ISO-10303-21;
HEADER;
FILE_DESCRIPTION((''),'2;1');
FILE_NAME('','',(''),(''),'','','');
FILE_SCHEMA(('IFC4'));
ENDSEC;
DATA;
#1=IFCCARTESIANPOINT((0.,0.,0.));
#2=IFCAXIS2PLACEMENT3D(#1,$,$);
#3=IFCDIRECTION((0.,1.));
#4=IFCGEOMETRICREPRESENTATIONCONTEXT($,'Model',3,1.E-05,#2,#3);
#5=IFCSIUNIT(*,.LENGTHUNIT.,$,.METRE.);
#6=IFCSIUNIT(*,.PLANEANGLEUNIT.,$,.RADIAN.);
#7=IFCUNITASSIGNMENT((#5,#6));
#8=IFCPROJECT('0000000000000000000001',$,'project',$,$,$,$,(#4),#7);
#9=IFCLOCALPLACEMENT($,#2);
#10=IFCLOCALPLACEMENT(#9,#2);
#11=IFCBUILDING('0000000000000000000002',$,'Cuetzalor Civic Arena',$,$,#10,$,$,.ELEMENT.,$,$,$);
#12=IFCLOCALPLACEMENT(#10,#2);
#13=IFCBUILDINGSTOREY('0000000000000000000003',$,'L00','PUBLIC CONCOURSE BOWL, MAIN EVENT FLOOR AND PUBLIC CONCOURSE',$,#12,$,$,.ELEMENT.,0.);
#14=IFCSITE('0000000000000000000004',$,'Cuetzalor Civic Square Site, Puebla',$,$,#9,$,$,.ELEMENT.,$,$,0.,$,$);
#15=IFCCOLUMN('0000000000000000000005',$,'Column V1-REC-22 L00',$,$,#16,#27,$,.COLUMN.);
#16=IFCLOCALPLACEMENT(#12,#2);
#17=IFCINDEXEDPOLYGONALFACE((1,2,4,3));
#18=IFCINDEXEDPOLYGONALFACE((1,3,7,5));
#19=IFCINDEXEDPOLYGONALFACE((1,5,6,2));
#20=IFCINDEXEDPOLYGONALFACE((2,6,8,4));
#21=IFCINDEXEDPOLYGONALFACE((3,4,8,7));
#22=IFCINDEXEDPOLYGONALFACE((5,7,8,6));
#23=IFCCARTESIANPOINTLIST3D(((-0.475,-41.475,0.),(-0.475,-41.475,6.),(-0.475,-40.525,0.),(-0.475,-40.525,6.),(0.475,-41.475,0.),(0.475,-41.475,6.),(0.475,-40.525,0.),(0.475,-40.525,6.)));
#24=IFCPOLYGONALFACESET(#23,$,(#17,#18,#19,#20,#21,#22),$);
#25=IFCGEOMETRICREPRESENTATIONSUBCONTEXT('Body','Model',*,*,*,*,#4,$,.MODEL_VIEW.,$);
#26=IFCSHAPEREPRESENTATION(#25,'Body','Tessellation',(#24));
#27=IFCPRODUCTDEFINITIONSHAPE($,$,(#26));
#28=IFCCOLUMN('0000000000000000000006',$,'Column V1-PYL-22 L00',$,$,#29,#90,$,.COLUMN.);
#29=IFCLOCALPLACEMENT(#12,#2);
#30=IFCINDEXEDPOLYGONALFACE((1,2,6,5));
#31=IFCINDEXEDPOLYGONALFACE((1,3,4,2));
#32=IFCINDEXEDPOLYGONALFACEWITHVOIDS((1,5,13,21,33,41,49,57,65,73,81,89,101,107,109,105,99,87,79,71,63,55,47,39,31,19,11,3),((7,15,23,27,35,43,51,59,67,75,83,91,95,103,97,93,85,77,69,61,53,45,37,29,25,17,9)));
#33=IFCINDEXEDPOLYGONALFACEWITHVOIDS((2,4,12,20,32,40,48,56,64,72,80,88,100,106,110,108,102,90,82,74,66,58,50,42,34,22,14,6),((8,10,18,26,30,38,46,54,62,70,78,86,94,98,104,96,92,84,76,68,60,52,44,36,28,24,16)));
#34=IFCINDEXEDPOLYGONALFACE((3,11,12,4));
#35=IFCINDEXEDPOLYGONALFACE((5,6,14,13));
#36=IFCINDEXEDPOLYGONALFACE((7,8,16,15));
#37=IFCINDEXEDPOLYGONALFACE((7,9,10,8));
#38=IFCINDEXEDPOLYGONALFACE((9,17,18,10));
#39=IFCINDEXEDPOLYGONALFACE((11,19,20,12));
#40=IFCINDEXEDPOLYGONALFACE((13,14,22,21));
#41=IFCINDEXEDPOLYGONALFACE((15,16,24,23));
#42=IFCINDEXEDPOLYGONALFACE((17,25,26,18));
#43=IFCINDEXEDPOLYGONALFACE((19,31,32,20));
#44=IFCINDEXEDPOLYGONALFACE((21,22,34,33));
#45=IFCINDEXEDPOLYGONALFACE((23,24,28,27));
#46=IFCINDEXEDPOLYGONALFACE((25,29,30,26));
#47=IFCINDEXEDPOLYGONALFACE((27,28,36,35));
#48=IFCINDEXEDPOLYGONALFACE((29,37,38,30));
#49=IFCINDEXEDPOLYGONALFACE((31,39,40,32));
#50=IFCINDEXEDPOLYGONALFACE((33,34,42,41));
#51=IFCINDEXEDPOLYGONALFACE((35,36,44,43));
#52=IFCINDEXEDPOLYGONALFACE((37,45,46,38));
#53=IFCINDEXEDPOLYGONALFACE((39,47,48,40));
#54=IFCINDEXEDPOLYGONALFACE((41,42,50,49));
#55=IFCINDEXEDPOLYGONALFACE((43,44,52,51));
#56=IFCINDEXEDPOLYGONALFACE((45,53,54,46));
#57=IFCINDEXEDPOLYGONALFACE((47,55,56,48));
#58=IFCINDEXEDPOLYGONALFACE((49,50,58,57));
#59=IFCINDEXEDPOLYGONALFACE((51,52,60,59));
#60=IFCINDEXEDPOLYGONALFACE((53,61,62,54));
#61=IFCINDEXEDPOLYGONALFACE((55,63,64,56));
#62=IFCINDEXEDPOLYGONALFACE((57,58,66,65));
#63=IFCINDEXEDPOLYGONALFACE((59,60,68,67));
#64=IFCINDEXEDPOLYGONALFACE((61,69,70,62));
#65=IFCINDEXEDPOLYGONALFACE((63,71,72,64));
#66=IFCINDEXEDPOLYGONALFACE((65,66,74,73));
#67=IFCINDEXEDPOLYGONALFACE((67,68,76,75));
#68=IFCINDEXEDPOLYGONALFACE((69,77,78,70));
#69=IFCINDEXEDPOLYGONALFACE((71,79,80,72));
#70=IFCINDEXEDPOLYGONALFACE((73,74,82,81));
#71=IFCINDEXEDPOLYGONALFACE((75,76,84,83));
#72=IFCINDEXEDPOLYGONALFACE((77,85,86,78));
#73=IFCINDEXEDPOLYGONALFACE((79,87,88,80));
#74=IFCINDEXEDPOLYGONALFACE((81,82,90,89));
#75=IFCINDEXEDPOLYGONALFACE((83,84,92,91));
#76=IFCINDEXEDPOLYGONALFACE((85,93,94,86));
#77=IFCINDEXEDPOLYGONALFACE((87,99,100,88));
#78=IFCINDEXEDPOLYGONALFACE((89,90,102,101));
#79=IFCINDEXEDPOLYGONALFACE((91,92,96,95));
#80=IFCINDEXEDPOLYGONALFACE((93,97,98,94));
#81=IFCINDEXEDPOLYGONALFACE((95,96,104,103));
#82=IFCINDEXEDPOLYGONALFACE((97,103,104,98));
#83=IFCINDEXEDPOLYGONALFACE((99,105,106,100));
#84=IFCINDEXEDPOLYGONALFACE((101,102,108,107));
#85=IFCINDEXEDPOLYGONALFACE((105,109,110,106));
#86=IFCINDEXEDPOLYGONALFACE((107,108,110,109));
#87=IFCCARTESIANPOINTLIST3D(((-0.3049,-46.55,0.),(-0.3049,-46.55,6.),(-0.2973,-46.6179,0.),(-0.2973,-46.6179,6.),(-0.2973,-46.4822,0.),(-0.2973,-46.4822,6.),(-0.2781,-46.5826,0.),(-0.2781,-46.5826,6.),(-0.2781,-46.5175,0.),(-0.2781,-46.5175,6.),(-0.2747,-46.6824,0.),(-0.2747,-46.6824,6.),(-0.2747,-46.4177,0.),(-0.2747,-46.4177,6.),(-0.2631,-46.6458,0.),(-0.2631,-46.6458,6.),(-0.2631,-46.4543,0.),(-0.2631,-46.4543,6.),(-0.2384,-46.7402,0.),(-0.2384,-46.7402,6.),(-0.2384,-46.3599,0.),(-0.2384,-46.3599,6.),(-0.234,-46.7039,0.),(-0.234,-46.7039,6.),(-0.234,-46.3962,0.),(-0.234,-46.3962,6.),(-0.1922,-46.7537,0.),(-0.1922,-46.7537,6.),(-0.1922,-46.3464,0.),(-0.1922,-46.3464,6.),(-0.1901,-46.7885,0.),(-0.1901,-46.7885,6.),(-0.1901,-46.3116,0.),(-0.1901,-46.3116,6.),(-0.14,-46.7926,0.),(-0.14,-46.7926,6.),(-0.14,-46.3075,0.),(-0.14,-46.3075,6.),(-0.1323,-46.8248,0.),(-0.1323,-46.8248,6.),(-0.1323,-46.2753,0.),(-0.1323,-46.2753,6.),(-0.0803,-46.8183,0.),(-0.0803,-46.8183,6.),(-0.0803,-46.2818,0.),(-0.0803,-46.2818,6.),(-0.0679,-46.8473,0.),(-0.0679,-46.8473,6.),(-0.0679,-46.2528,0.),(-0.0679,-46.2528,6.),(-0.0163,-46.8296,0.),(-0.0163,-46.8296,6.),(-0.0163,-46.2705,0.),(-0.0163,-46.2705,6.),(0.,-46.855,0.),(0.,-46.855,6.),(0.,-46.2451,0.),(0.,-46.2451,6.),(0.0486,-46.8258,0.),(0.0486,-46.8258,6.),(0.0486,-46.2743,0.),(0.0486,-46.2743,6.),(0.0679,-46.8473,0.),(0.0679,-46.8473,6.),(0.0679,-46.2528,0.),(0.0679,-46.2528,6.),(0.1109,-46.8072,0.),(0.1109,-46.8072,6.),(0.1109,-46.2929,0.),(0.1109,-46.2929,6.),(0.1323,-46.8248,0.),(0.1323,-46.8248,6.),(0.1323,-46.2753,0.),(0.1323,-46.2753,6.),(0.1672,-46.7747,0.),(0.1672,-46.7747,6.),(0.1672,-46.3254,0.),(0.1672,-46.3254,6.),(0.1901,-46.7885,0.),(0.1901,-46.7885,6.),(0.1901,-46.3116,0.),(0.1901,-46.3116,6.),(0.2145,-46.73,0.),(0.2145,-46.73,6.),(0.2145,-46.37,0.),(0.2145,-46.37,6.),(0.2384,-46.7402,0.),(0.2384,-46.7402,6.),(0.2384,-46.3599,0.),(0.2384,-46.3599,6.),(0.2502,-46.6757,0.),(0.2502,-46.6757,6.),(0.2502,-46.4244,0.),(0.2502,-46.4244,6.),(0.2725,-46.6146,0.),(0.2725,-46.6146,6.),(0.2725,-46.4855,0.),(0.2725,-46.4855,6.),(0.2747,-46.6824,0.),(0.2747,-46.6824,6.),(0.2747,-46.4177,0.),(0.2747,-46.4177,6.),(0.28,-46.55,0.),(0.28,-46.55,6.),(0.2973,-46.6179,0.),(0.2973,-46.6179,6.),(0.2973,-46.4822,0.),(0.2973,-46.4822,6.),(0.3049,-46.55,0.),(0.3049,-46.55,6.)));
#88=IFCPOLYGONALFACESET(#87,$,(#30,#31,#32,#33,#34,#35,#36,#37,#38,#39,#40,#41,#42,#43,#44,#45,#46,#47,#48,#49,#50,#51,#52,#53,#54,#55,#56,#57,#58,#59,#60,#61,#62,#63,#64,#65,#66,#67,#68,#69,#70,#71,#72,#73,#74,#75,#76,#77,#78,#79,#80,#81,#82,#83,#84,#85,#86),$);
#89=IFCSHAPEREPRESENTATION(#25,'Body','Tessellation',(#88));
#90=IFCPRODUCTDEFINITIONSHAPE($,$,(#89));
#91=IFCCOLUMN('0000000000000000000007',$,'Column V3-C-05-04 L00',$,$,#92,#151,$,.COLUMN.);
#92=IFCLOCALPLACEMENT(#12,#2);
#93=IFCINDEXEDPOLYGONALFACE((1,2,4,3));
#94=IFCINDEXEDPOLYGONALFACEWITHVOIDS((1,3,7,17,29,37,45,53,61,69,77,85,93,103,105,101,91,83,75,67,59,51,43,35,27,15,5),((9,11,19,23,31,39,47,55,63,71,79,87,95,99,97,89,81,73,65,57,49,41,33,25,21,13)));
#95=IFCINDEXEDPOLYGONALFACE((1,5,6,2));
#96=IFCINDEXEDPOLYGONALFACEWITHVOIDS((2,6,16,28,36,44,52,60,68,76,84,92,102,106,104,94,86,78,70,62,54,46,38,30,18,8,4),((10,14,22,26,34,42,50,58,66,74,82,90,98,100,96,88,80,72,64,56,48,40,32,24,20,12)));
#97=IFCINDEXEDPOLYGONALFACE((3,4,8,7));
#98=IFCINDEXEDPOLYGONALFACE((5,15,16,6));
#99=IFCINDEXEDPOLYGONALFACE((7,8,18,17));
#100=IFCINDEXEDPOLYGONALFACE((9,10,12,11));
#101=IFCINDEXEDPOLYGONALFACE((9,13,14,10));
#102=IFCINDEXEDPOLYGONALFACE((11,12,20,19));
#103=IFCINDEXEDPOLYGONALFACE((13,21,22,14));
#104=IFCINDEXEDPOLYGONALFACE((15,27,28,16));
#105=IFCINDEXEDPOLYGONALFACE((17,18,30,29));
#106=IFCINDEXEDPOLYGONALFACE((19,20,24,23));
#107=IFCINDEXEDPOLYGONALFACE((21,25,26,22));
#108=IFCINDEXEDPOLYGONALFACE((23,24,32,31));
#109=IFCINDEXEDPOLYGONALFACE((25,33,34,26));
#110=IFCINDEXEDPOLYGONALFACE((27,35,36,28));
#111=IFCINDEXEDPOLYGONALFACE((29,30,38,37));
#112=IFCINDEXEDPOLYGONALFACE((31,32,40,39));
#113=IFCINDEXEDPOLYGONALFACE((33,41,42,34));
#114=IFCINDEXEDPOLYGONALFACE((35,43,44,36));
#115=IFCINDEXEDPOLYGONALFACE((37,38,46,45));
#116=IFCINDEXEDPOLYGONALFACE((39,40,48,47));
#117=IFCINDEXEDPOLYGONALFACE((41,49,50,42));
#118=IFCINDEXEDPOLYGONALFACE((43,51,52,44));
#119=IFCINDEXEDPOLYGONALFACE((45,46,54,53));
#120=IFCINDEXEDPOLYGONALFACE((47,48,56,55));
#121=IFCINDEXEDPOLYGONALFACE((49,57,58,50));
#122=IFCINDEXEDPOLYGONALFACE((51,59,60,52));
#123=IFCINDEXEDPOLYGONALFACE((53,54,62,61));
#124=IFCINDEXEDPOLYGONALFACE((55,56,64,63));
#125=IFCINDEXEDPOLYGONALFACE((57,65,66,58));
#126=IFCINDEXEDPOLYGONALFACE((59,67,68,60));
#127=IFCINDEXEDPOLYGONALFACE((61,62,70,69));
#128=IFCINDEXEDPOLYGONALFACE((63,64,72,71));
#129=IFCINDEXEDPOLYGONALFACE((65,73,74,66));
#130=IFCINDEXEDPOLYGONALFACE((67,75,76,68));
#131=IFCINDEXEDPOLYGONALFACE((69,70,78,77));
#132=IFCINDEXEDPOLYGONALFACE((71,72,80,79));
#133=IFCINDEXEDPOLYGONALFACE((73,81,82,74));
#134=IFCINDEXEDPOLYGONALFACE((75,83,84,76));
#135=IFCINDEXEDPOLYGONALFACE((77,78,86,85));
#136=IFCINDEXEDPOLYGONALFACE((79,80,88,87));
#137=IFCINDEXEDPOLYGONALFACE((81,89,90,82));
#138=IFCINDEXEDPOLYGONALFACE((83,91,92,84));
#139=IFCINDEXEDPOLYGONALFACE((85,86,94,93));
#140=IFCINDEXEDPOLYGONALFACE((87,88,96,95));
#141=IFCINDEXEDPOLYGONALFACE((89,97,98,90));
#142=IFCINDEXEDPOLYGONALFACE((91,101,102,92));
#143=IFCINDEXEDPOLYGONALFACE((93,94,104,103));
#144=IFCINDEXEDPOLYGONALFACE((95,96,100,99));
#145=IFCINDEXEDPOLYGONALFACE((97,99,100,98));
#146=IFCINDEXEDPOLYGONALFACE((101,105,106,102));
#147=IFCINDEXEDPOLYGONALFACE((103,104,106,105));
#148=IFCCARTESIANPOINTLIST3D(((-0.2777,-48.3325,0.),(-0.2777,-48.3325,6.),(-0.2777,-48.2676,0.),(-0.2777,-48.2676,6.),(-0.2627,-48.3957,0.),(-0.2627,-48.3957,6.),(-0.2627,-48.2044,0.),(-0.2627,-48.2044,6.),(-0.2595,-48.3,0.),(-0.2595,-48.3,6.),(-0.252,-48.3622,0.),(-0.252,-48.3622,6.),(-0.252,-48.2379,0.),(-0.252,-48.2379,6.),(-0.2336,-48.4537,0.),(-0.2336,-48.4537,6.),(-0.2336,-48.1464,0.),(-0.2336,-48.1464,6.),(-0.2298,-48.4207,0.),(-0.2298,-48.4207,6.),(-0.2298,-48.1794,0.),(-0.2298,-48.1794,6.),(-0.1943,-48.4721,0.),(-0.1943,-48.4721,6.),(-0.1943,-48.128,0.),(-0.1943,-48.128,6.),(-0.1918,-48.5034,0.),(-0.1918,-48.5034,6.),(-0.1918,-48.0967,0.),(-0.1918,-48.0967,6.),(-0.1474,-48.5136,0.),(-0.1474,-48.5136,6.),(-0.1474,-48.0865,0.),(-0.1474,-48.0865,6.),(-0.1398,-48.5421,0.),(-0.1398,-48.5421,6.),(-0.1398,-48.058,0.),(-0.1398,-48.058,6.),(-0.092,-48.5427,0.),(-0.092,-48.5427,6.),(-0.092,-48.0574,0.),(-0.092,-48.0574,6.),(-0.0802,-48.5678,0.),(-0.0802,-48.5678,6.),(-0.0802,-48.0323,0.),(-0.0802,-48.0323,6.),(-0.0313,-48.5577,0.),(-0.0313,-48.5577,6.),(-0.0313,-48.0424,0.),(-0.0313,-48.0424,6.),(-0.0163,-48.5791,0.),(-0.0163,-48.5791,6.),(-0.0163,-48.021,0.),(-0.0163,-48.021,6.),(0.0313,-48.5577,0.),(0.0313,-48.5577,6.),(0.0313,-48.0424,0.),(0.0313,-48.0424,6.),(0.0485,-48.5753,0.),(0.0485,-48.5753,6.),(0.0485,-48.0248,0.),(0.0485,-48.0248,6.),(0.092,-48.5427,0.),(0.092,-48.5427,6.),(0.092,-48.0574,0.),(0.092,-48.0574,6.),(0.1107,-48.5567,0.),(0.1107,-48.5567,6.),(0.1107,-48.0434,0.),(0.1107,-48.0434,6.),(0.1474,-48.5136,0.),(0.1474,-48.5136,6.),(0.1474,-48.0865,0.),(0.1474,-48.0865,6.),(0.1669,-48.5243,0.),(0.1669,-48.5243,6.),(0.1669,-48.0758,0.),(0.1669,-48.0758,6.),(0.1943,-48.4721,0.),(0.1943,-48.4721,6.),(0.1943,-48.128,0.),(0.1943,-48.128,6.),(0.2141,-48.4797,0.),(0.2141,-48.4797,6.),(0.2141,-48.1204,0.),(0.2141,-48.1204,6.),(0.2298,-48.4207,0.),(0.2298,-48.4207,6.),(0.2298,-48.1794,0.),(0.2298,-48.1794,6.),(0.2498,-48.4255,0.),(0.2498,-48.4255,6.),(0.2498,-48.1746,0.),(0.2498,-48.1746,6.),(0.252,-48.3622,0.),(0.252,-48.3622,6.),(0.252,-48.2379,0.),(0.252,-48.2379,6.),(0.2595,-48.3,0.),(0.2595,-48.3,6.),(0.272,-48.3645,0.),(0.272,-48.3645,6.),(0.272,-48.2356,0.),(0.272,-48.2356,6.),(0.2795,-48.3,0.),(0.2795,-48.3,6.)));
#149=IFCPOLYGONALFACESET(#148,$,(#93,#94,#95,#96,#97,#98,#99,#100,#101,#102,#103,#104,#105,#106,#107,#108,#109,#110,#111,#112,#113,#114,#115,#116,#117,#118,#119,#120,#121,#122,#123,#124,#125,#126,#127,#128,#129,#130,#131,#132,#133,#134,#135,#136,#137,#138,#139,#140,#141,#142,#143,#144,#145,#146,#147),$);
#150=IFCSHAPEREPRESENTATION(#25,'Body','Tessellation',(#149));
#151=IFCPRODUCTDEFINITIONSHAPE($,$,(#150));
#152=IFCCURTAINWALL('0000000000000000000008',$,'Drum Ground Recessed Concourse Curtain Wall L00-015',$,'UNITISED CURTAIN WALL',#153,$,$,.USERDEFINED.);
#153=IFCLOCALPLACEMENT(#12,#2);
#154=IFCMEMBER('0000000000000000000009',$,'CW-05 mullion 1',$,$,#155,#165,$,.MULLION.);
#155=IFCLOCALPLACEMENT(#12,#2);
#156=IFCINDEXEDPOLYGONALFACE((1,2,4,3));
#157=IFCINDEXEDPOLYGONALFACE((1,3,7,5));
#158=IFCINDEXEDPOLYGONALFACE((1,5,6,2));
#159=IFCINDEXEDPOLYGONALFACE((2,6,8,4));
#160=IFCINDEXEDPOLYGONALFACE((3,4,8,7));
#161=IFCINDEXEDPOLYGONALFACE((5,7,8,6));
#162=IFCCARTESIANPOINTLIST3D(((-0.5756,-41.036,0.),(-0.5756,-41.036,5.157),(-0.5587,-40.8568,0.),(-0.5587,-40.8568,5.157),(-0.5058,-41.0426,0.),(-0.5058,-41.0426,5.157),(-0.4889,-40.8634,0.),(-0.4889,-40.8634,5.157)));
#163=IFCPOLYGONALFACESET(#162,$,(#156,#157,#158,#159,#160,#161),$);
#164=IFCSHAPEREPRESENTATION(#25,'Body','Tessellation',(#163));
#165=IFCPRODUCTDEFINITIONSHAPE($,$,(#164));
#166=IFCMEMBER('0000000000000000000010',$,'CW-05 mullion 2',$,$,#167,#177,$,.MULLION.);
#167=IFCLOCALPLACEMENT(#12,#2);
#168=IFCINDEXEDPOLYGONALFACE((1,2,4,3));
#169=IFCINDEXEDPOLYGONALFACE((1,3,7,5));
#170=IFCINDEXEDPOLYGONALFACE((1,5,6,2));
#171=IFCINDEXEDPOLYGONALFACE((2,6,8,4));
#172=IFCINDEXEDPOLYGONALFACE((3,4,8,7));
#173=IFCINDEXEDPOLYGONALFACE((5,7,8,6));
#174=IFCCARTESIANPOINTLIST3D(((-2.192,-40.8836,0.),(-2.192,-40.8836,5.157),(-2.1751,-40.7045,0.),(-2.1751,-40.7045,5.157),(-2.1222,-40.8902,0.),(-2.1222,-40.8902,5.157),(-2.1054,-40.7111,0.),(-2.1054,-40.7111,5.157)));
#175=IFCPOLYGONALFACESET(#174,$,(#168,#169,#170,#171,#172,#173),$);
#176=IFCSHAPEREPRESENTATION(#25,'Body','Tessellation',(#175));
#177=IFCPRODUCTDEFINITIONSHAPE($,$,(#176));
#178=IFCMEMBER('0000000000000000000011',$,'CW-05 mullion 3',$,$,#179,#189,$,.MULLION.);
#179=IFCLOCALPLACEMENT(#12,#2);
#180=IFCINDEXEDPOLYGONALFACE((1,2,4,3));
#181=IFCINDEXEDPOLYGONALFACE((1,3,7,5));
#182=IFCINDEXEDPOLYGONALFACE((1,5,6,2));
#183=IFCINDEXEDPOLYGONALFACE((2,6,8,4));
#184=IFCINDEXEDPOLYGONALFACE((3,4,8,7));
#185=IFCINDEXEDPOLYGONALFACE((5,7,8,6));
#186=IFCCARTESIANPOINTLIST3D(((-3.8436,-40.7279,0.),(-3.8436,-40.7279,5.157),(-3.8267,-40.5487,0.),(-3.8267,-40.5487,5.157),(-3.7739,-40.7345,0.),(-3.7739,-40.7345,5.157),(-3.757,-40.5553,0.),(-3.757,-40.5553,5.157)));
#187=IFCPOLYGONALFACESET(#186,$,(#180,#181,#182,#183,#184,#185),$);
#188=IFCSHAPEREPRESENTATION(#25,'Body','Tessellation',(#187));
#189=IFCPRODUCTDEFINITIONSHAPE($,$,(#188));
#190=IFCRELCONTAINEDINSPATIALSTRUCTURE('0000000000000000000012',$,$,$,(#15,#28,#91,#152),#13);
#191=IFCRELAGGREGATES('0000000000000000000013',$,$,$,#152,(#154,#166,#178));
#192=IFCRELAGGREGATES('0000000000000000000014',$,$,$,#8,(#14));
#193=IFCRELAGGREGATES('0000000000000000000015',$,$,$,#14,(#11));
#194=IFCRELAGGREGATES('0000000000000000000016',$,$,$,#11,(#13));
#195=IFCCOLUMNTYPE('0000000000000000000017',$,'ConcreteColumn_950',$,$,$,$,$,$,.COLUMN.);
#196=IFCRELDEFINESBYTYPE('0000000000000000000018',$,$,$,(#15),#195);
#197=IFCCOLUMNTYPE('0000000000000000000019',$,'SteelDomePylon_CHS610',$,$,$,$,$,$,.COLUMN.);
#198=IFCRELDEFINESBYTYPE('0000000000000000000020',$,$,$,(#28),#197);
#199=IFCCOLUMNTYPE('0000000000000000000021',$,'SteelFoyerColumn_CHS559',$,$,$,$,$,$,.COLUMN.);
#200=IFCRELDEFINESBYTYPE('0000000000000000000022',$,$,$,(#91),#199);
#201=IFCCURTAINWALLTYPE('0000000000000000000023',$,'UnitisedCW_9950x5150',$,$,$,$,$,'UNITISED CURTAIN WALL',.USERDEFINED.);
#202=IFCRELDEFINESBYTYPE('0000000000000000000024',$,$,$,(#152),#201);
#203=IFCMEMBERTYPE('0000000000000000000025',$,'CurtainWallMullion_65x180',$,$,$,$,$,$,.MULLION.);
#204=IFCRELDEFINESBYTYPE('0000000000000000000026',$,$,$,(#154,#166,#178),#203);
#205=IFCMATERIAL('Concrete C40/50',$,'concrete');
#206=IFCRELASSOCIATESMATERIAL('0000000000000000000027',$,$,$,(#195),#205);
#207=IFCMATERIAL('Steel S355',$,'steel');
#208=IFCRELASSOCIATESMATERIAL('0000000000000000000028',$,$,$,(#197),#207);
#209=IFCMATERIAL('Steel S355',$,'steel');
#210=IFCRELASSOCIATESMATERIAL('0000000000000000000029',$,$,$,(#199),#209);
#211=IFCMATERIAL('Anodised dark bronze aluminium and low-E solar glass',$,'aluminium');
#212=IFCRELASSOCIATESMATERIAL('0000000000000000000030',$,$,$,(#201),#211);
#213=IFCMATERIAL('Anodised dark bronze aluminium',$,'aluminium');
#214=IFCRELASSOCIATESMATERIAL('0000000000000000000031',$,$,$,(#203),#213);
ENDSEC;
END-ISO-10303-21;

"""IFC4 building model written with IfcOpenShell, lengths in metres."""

from ifc_helpers import new_model, si_unit, direction, frame, origin, origin_2d, place, context, subcontext, project, spatial, rectangle, hollow_circle, extrude, material, material_profile, profile_set, type_object, element, aggregate, save


model = new_model("IFC4")

# Units and contexts
model_context = context("Model", 3, precision=1e-05, world=origin(), true_north=direction((0.0, 1.0)))
body_context = subcontext(model_context, "Body", "Model", "MODEL_VIEW")
ifc_project = project(units=[si_unit("LENGTHUNIT", "METRE"), si_unit("PLANEANGLEUNIT", "RADIAN")], contexts=[model_context])

# Site, building, storey
site_placement = place(None, origin())
site = spatial("IfcSite", under=ifc_project, at=site_placement, Name="Cuetzalor Civic Square Site, Puebla", CompositionType="ELEMENT", RefElevation=0.0)
building_placement = place(site_placement, origin())
building = spatial("IfcBuilding", under=site, at=building_placement, Name="Cuetzalor Civic Arena", CompositionType="ELEMENT")
storey_placement = place(building_placement, origin())
storey = spatial("IfcBuildingStorey", under=building, at=storey_placement, Name="L00", Description="PUBLIC CONCOURSE BOWL, MAIN EVENT FLOOR AND PUBLIC CONCOURSE", CompositionType="ELEMENT", Elevation=0.0)

# Columns
ifc_material_1 = material(Name="Concrete C40/50", Category="concrete")
ifc_material_profile_1 = material_profile(ifc_material_1, rectangle(XDim=0.95, YDim=0.95, at=origin_2d()), Name="RC 950x950")
ifc_profile_set_1 = profile_set([ifc_material_profile_1], Name="Concrete C40/50")
column_type_1 = type_object("IfcColumnType", Name="ConcreteColumn_950", PredefinedType="COLUMN", material=ifc_profile_set_1)
column_1_placement = place(storey_placement, frame((0.0, -41.0, 0.0), z_axis=(0.0, 0.0, 1.0), x_axis=(1.0, 0.0, 0.0)))
element("IfcColumn", 1, at=column_1_placement, inside=storey, type_object=column_type_1, Name="Column V1-REC-22 L00", PredefinedType="COLUMN", context=body_context, shape_type="SweptSolid", body=[
    extrude(rectangle(XDim=0.95, YDim=0.95, at=origin_2d()), origin(), (0.0, 0.0, 1.0), 6.0),
])
ifc_material_2 = material(Name="Steel S355", Category="steel")
ifc_material_profile_2 = material_profile(ifc_material_2, hollow_circle(Radius=0.3049, WallThickness=0.0249, at=origin_2d()), Name="CHS 610x25")
ifc_profile_set_2 = profile_set([ifc_material_profile_2], Name="Steel S355")
column_type_2 = type_object("IfcColumnType", Name="SteelDomePylon_CHS610", PredefinedType="COLUMN", material=ifc_profile_set_2)
column_2_placement = place(storey_placement, frame((0.0, -46.55, 0.0), z_axis=(0.0, 0.0, 1.0), x_axis=(1.0, 0.0, 0.0)))
element("IfcColumn", 2, at=column_2_placement, inside=storey, type_object=column_type_2, Name="Column V1-PYL-22 L00", PredefinedType="COLUMN", context=body_context, shape_type="SweptSolid", body=[
    extrude(hollow_circle(Radius=0.3049, WallThickness=0.0249, at=origin_2d()), origin(), (0.0, 0.0, 1.0), 6.0),
])
ifc_material_3 = material(Name="Steel S355", Category="steel")
ifc_material_profile_3 = material_profile(ifc_material_3, hollow_circle(Radius=0.2795, WallThickness=0.02, at=origin_2d()), Name="CHS 559x20")
ifc_profile_set_3 = profile_set([ifc_material_profile_3], Name="Steel S355")
column_type_3 = type_object("IfcColumnType", Name="SteelFoyerColumn_CHS559", PredefinedType="COLUMN", material=ifc_profile_set_3)
column_3_placement = place(storey_placement, frame((0.0, -48.3, 0.0), z_axis=(0.0, 0.0, 1.0), x_axis=(1.0, 0.0, 0.0)))
element("IfcColumn", 3, at=column_3_placement, inside=storey, type_object=column_type_3, Name="Column V3-C-05-04 L00", PredefinedType="COLUMN", context=body_context, shape_type="SweptSolid", body=[
    extrude(hollow_circle(Radius=0.2795, WallThickness=0.02, at=origin_2d()), origin(), (0.0, 0.0, 1.0), 6.0),
])

# Curtain wall, members
ifc_material_4 = material(Name="Anodised dark bronze aluminium and low-E solar glass", Category="aluminium")
curtain_wall_type = type_object("IfcCurtainWallType", Name="UnitisedCW_9950x5150", ElementType="UNITISED CURTAIN WALL", PredefinedType="USERDEFINED", material=ifc_material_4)
curtain_wall_placement = place(storey_placement, origin())
curtain_wall = element("IfcCurtainWall", 4, at=curtain_wall_placement, inside=storey, type_object=curtain_wall_type, Name="Drum Ground Recessed Concourse Curtain Wall L00-015", ObjectType="UNITISED CURTAIN WALL", PredefinedType="USERDEFINED")
ifc_material_5 = material(Name="Anodised dark bronze aluminium", Category="aluminium")
ifc_material_profile_4 = material_profile(ifc_material_5, rectangle(XDim=0.0701, YDim=0.1799, at=origin_2d()), Name="ALU MULLION 70x180")
ifc_profile_set_4 = profile_set([ifc_material_profile_4], Name="Anodised dark bronze aluminium")
member_type_1 = type_object("IfcMemberType", Name="CurtainWallMullion_65x180", PredefinedType="MULLION", material=ifc_profile_set_4)
member_1_placement = place(storey_placement, frame((-0.5322, -40.9497, 0.0), z_axis=(0.0, 0.0, 1.0), x_axis=(-0.995585, 0.093863, 0.0)))
member_1 = element("IfcMember", 5, at=member_1_placement, type_object=member_type_1, Name="CW-05 mullion 1", PredefinedType="MULLION", context=body_context, shape_type="SweptSolid", body=[
    extrude(rectangle(XDim=0.0701, YDim=0.1799, at=origin_2d()), origin(), (0.0, 0.0, 1.0), 5.157),
])
member_2_placement = place(storey_placement, frame((-2.1487, -40.7974, 0.0), z_axis=(0.0, 0.0, 1.0), x_axis=(-0.995585, 0.093863, 0.0)))
member_2 = element("IfcMember", 6, at=member_2_placement, type_object=member_type_1, Name="CW-05 mullion 2", PredefinedType="MULLION", context=body_context, shape_type="SweptSolid", body=[
    extrude(rectangle(XDim=0.0701, YDim=0.1799, at=origin_2d()), origin(), (0.0, 0.0, 1.0), 5.157),
])
member_3_placement = place(storey_placement, frame((-3.8003, -40.6416, 0.0), z_axis=(0.0, 0.0, 1.0), x_axis=(-0.995585, 0.093863, 0.0)))
member_3 = element("IfcMember", 7, at=member_3_placement, type_object=member_type_1, Name="CW-05 mullion 3", PredefinedType="MULLION", context=body_context, shape_type="SweptSolid", body=[
    extrude(rectangle(XDim=0.0701, YDim=0.1799, at=origin_2d()), origin(), (0.0, 0.0, 1.0), 5.157),
])

aggregate(curtain_wall, [member_1, member_2, member_3])

save(model, "model.ifc")
